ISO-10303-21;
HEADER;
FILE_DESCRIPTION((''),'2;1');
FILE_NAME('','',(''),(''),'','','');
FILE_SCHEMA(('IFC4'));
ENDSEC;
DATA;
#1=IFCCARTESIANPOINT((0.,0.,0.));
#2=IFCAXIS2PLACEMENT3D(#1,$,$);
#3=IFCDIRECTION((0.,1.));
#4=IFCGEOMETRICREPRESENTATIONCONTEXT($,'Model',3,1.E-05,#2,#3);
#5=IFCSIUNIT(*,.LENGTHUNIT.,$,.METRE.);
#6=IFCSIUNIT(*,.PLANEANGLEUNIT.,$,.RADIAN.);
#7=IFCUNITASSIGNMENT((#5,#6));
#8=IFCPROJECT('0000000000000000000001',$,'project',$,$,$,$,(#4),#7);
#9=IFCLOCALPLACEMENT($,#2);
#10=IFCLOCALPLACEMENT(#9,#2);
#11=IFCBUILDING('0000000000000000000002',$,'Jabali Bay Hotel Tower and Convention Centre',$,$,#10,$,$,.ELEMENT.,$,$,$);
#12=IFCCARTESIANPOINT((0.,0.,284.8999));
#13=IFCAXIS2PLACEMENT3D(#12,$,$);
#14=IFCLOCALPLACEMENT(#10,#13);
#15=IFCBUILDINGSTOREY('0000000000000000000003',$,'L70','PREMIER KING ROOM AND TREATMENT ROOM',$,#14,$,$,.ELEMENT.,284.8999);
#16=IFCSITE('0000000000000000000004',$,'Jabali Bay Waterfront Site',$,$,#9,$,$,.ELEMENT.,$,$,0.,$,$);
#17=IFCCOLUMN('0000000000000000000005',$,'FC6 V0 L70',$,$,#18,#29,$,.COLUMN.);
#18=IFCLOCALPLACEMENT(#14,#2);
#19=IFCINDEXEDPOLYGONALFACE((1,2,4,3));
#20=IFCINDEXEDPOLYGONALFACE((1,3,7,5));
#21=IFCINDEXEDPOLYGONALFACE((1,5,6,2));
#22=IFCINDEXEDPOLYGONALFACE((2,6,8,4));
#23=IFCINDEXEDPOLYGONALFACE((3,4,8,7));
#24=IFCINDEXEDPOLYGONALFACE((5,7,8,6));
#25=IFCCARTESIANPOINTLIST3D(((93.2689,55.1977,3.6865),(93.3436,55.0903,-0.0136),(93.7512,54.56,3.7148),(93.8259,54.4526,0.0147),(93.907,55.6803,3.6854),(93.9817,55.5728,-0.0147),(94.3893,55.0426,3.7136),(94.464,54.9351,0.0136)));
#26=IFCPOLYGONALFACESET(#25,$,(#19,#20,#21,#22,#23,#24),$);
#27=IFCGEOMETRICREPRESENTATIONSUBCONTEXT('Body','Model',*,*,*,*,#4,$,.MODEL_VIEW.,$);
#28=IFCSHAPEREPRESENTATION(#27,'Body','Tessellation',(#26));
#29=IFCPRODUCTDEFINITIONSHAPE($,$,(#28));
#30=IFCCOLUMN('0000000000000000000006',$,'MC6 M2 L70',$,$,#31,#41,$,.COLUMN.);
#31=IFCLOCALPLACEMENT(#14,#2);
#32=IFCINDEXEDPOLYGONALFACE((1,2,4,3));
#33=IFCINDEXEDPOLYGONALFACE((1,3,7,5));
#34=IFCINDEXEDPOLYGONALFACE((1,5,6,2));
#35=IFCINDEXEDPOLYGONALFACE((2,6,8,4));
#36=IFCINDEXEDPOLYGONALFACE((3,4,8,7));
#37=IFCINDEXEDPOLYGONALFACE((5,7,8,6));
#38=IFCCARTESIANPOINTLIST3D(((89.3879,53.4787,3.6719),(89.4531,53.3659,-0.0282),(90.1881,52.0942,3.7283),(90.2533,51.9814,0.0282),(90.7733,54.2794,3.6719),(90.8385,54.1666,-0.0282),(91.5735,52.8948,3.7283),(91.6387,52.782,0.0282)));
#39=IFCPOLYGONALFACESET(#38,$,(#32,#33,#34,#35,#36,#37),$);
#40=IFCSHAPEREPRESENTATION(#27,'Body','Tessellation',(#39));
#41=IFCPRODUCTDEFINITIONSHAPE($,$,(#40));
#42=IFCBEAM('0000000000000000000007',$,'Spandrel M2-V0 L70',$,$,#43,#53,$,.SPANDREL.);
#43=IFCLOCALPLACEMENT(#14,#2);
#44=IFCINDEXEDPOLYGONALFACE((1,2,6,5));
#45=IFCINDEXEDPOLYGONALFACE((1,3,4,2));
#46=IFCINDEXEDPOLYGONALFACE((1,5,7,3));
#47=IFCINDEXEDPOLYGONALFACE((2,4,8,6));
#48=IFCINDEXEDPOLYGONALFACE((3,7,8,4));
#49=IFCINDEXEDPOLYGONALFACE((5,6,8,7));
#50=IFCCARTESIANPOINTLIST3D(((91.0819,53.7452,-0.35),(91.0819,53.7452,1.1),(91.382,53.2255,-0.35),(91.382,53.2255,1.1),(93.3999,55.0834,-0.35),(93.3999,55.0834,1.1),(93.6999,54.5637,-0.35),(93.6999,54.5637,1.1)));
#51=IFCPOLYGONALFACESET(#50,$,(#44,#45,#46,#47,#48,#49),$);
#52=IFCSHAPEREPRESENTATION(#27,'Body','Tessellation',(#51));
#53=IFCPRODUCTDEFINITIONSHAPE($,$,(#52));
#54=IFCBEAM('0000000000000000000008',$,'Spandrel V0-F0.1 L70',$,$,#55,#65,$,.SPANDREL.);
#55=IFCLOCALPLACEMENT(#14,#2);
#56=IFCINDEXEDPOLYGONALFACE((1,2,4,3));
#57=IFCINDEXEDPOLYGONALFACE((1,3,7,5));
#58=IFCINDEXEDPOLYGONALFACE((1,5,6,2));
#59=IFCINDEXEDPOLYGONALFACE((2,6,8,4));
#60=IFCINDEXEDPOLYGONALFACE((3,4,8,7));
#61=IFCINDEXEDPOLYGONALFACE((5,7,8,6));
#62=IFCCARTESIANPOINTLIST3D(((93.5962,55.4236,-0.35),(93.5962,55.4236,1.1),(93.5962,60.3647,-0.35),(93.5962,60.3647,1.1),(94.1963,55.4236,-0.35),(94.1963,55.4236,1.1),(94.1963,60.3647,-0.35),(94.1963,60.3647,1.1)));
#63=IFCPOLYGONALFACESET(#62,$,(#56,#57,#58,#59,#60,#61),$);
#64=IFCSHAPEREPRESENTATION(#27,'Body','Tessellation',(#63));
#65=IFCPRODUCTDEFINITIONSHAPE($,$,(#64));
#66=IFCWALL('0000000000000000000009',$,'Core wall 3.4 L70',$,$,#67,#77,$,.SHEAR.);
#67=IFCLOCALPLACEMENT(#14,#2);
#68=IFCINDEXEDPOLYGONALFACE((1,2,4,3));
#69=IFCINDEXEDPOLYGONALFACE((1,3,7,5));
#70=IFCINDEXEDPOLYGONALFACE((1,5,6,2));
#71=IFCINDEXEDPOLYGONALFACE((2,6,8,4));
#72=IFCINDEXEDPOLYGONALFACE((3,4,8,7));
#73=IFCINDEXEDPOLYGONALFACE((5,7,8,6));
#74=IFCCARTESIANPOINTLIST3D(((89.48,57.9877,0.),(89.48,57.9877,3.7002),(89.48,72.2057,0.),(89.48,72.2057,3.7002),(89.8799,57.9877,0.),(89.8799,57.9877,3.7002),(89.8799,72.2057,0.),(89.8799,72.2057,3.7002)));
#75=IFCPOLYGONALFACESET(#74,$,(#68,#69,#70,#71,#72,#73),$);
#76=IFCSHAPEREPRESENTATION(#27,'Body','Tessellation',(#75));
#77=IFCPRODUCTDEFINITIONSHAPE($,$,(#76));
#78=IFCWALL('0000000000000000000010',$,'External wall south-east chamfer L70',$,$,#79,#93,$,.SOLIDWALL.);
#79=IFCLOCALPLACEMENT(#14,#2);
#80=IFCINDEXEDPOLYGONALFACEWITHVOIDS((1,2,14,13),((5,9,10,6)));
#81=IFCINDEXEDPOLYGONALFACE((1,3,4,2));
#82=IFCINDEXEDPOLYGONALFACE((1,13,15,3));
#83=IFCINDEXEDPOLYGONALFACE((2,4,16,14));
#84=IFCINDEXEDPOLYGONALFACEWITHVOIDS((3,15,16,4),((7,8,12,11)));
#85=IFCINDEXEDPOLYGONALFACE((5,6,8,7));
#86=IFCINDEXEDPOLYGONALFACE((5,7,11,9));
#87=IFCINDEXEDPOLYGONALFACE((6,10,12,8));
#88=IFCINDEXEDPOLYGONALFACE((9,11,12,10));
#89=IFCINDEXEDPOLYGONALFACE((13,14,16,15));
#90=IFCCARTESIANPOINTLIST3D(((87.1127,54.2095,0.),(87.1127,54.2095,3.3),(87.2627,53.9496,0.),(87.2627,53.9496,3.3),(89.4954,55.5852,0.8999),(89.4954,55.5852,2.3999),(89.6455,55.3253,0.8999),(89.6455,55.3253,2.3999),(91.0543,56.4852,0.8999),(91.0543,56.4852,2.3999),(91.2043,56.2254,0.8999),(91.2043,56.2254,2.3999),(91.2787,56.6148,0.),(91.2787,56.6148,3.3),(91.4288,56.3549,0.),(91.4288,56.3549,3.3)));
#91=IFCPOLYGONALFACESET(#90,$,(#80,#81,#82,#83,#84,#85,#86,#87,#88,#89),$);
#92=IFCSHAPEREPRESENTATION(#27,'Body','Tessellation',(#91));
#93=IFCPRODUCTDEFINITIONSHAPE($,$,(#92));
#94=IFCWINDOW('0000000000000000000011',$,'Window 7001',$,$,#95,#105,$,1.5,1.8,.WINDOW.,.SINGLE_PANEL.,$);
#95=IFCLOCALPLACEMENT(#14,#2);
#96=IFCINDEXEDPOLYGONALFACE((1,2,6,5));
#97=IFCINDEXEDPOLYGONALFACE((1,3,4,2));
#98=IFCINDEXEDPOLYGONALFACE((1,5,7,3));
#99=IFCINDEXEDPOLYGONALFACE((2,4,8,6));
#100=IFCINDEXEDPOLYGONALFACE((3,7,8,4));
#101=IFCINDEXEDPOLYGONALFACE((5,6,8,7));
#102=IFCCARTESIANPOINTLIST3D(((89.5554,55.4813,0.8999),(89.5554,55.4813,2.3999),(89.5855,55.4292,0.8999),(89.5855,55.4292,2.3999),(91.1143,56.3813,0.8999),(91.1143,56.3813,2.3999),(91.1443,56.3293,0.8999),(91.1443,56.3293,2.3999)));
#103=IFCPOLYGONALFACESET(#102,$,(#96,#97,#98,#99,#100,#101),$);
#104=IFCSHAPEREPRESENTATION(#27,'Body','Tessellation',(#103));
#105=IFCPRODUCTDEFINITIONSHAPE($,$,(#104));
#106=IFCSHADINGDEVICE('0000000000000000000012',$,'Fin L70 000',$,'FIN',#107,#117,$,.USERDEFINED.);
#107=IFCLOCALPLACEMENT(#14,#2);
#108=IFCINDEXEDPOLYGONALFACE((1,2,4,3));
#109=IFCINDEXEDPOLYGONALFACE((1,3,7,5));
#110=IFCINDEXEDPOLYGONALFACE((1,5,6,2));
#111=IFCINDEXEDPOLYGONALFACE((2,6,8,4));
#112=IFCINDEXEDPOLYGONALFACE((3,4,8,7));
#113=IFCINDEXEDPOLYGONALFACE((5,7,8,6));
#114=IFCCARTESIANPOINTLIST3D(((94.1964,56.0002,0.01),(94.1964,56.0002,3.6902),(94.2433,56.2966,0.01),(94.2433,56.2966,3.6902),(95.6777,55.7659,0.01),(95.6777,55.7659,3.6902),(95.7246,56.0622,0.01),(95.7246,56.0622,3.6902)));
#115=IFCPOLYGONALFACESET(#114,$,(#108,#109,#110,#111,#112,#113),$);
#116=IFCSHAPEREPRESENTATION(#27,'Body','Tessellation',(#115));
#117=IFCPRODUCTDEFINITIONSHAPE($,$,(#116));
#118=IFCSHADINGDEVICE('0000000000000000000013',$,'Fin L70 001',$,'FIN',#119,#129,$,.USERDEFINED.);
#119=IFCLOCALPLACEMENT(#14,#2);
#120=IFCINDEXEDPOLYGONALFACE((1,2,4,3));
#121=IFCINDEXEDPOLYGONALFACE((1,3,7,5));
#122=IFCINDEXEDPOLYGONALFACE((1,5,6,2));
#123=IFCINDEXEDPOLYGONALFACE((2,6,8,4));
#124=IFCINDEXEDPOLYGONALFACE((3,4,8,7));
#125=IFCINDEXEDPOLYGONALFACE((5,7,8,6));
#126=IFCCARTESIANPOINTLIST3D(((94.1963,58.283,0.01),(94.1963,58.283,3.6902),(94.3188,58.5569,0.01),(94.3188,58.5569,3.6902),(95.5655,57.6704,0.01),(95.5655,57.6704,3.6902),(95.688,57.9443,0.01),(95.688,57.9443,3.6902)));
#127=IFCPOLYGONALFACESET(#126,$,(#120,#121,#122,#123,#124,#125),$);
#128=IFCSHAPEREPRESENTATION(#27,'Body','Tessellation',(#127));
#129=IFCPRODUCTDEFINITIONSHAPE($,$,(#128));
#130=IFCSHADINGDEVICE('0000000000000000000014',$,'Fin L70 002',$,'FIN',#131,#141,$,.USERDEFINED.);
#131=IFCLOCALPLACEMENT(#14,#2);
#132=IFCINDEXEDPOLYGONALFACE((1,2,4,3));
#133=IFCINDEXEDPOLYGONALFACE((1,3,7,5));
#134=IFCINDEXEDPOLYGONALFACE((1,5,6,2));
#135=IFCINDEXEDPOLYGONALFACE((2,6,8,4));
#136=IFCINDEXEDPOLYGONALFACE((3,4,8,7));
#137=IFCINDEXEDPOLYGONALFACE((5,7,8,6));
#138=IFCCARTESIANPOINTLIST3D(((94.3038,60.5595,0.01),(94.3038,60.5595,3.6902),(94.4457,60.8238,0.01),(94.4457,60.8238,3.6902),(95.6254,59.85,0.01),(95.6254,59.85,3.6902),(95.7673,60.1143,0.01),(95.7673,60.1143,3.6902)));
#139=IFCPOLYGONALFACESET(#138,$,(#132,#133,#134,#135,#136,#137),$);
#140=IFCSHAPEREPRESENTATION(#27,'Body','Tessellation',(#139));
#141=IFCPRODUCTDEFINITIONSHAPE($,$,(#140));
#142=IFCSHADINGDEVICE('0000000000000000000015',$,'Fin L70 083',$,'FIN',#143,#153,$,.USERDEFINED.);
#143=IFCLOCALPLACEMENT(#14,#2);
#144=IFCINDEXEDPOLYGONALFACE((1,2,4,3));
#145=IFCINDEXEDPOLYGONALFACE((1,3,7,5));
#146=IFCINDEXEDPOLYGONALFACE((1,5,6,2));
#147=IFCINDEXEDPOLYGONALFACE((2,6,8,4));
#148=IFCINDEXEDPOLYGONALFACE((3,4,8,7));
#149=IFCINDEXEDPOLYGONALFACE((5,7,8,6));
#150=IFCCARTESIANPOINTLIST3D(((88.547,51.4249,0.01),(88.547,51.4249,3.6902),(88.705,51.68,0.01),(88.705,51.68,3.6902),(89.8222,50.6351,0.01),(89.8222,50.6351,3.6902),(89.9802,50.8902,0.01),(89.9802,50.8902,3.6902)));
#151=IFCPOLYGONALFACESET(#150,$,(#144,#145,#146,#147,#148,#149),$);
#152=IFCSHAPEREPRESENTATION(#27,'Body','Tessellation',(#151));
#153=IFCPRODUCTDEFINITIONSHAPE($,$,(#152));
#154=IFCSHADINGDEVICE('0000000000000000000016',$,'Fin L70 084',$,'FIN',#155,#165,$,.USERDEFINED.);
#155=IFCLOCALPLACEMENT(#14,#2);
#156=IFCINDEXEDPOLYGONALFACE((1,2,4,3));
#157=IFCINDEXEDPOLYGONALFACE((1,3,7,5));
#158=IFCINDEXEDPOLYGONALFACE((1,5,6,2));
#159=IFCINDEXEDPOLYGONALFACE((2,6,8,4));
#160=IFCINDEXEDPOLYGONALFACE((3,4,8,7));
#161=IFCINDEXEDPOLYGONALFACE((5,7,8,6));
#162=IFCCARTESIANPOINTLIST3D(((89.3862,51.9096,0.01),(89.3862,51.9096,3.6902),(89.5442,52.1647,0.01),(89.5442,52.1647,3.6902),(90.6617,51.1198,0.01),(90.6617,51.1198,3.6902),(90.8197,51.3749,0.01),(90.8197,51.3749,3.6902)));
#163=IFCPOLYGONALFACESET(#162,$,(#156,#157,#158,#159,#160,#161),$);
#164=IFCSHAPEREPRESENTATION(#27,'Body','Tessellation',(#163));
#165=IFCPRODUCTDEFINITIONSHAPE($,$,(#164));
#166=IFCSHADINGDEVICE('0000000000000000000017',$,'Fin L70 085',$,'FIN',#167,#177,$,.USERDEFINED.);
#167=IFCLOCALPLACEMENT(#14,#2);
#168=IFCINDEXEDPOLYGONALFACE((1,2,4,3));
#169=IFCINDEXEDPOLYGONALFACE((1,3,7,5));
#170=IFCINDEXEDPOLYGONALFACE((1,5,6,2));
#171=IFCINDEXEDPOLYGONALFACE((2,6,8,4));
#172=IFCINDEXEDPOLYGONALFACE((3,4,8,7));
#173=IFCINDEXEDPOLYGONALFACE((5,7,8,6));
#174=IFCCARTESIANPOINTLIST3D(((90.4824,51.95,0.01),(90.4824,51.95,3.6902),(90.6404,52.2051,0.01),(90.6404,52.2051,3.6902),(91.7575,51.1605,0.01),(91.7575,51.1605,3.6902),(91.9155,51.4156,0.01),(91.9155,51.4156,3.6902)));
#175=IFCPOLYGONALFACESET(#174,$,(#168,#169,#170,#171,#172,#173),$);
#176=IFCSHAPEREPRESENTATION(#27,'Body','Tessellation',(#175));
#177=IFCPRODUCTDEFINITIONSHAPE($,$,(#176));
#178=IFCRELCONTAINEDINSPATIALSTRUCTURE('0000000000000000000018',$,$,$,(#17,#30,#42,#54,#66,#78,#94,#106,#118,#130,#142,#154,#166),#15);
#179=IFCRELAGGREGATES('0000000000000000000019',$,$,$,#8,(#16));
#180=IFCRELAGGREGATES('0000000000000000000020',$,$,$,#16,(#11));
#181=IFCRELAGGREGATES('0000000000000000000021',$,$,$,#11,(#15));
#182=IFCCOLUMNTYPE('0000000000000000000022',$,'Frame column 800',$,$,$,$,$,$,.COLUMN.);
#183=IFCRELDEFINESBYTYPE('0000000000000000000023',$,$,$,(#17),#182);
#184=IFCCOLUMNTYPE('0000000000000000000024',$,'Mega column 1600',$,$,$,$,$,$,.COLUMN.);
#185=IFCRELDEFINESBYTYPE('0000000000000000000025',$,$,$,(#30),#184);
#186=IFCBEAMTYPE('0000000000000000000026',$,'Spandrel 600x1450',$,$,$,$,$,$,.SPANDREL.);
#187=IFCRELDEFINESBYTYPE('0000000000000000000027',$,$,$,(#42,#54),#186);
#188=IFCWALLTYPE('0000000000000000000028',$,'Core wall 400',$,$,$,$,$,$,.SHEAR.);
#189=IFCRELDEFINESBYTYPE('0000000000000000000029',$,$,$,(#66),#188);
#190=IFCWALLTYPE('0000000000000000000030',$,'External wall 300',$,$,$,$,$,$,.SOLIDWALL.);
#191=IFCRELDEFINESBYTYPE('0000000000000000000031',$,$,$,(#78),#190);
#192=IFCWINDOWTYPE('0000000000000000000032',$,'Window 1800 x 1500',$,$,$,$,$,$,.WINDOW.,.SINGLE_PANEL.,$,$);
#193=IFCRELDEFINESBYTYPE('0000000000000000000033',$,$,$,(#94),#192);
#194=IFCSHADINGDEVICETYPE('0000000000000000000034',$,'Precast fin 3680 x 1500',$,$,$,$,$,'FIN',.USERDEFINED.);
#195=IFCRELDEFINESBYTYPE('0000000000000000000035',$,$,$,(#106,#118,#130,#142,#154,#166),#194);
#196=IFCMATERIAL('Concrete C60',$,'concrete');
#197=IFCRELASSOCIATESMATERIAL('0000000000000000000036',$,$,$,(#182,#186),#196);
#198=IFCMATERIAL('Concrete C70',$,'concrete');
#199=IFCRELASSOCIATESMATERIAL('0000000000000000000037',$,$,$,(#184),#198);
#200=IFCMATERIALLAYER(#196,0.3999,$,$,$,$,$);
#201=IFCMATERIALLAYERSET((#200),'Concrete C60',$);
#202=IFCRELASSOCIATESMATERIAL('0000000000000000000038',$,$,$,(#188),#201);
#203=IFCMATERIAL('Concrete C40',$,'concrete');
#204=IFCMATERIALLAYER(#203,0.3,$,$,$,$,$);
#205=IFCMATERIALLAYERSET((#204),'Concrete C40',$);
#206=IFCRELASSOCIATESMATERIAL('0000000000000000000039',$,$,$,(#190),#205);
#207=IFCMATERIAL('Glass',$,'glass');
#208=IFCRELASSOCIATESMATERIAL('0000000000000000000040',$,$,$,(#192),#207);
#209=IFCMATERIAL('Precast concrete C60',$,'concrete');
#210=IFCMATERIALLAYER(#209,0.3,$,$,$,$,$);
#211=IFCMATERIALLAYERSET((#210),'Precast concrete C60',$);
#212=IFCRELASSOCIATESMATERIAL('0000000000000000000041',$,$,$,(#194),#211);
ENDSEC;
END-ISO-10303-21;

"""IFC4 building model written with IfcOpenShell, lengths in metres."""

from ifc_helpers import new_model, si_unit, direction, frame, frame_2d, origin, origin_2d, place, context, subcontext, project, spatial, rectangle, extrude, material, layer, layer_set, material_profile, profile_set, type_object, element, fill, save


model = new_model("IFC4")

# Units and contexts
model_context = context("Model", 3, precision=1e-05, world=origin(), true_north=direction((0.0, 1.0)))
body_context = subcontext(model_context, "Body", "Model", "MODEL_VIEW")
ifc_project = project(units=[si_unit("LENGTHUNIT", "METRE"), si_unit("PLANEANGLEUNIT", "RADIAN")], contexts=[model_context])

# Site, building, storey
site_placement = place(None, origin())
site = spatial("IfcSite", under=ifc_project, at=site_placement, Name="Jabali Bay Waterfront Site", CompositionType="ELEMENT", RefElevation=0.0)
building_placement = place(site_placement, origin())
building = spatial("IfcBuilding", under=site, at=building_placement, Name="Jabali Bay Hotel Tower and Convention Centre", CompositionType="ELEMENT")
storey_placement = place(building_placement, frame((0.0, 0.0, 284.8999)))
storey = spatial("IfcBuildingStorey", under=building, at=storey_placement, Name="L70", Description="PREMIER KING ROOM AND TREATMENT ROOM", CompositionType="ELEMENT", Elevation=284.8999)

# Columns
ifc_material_1 = material(Name="Concrete C60", Category="concrete")
ifc_material_profile_1 = material_profile(ifc_material_1, rectangle(XDim=0.8, YDim=0.8, at=origin_2d()), Name="Frame column 800")
ifc_profile_set_1 = profile_set([ifc_material_profile_1], Name="Concrete C60")
column_type_1 = type_object("IfcColumnType", Name="Frame column 800", PredefinedType="COLUMN", material=ifc_profile_set_1)
column_1_placement = place(storey_placement, frame((93.9038, 55.0127, 0.0), z_axis=(-0.020177, 0.029013, 0.999375), x_axis=(-0.797601, -0.603184, 0.001408)))
element("IfcColumn", 1, at=column_1_placement, inside=storey, type_object=column_type_1, Name="FC6 V0 L70", PredefinedType="COLUMN", context=body_context, shape_type="SweptSolid", body=[
    extrude(rectangle(XDim=0.8, YDim=0.8, at=origin_2d()), origin(), (0.0, 0.0, 1.0), 3.7024),
])
ifc_material_2 = material(Name="Concrete C70", Category="concrete")
ifc_material_profile_2 = material_profile(ifc_material_2, rectangle(XDim=1.6001, YDim=1.6001, at=origin_2d()), Name="Mega column 1600")
ifc_profile_set_2 = profile_set([ifc_material_profile_2], Name="Concrete C70")
column_type_2 = type_object("IfcColumnType", Name="Mega column 1600", PredefinedType="COLUMN", material=ifc_profile_set_2)
column_2_placement = place(storey_placement, frame((90.5459, 53.074, 0.0), z_axis=(-0.017606, 0.030464, 0.999381), x_axis=(-0.865808, -0.500377, 0.0)))
element("IfcColumn", 2, at=column_2_placement, inside=storey, type_object=column_type_2, Name="MC6 M2 L70", PredefinedType="COLUMN", context=body_context, shape_type="SweptSolid", body=[
    extrude(rectangle(XDim=1.6001, YDim=1.6001, at=origin_2d()), origin(), (0.0, 0.0, 1.0), 3.7024),
])

# Beams
ifc_material_profile_3 = material_profile(ifc_material_1, rectangle(XDim=0.6001, YDim=1.45, at=origin_2d()), Name="Spandrel 600x1450")
ifc_profile_set_3 = profile_set([ifc_material_profile_3], Name="Concrete C60")
beam_type = type_object("IfcBeamType", Name="Spandrel 600x1450", PredefinedType="SPANDREL", material=ifc_profile_set_3)
beam_1_placement = place(storey_placement, frame((91.2319, 53.4854, 0.375), z_axis=(0.86604, 0.499975, 0.0), x_axis=(-0.499975, 0.86604, 0.0)))
element("IfcBeam", 3, at=beam_1_placement, inside=storey, type_object=beam_type, Name="Spandrel M2-V0 L70", PredefinedType="SPANDREL", context=body_context, shape_type="SweptSolid", body=[
    extrude(rectangle(XDim=0.6001, YDim=1.45, at=origin_2d()), origin(), (0.0, 0.0, 1.0), 2.6765),
])
beam_2_placement = place(storey_placement, frame((93.8962, 55.4236, 0.375), z_axis=(0.0, 1.0, 0.0), x_axis=(-1.0, 0.0, 0.0)))
element("IfcBeam", 4, at=beam_2_placement, inside=storey, type_object=beam_type, Name="Spandrel V0-F0.1 L70", PredefinedType="SPANDREL", context=body_context, shape_type="SweptSolid", body=[
    extrude(rectangle(XDim=0.6001, YDim=1.45, at=origin_2d()), origin(), (0.0, 0.0, 1.0), 4.9412),
])

# Wall
ifc_layer_1 = layer(ifc_material_1, 0.3999)
ifc_layer_set_1 = layer_set([ifc_layer_1], Name="Concrete C60")
wall_type_1 = type_object("IfcWallType", Name="Core wall 400", PredefinedType="SHEAR", material=ifc_layer_set_1)
wall_1_placement = place(storey_placement, frame((89.6799, 57.9878, 0.0), z_axis=(0.0, 0.0, 1.0), x_axis=(0.0, 1.0, 0.0)))
element("IfcWall", 5, at=wall_1_placement, inside=storey, type_object=wall_type_1, Name="Core wall 3.4 L70", PredefinedType="SHEAR", context=body_context, shape_type="SweptSolid", body=[
    extrude(rectangle(XDim=14.218, YDim=0.3999, at=frame_2d((7.1089, 0.0))), origin(), (0.0, 0.0, 1.0), 3.7002),
])

# Wall, opening, window
ifc_material_3 = material(Name="Concrete C40", Category="concrete")
ifc_layer_2 = layer(ifc_material_3, 0.3)
ifc_layer_set_2 = layer_set([ifc_layer_2], Name="Concrete C40")
wall_type_2 = type_object("IfcWallType", Name="External wall 300", PredefinedType="SOLIDWALL", material=ifc_layer_set_2)
wall_2_placement = place(storey_placement, frame((91.3538, 56.4849, 0.0), z_axis=(0.0, 0.0, 1.0), x_axis=(-0.866023, -0.500004, 0.0)))
wall_2 = element("IfcWall", 6, at=wall_2_placement, inside=storey, type_object=wall_type_2, Name="External wall south-east chamfer L70", PredefinedType="SOLIDWALL", context=body_context, shape_type="SweptSolid", body=[
    extrude(rectangle(XDim=4.8105, YDim=0.3, at=frame_2d((2.4053, 0.0))), origin(), (0.0, 0.0, 1.0), 3.3),
])
opening_placement = place(wall_2_placement, frame((0.2593, 0.0, 0.8999)))
opening = element("IfcOpeningElement", 7, at=opening_placement, cuts=wall_2, PredefinedType="OPENING", context=body_context, shape_type="SweptSolid", body=[
    extrude(rectangle(XDim=1.8, YDim=1.5, at=frame_2d((0.8999, 0.75))), frame((0.0, 0.1606, 0.0), z_axis=(0.0, -1.0, 0.0), x_axis=(1.0, 0.0, 0.0)), (0.0, 0.0, 1.0), 0.321),
])
ifc_material_4 = material(Name="Glass", Category="glass")
window_type = type_object("IfcWindowType", Name="Window 1800 x 1500", PartitioningType="SINGLE_PANEL", PredefinedType="WINDOW", material=ifc_material_4)
window_placement = place(opening_placement, origin())
window = element("IfcWindow", 8, at=window_placement, inside=storey, type_object=window_type, Name="Window 7001", OverallHeight=1.5, OverallWidth=1.8, PartitioningType="SINGLE_PANEL", PredefinedType="WINDOW", context=body_context, shape_type="SweptSolid", body=[
    extrude(rectangle(XDim=1.8, YDim=1.5, at=frame_2d((0.8999, 0.75))), frame((0.0, 0.03, 0.0), z_axis=(0.0, -1.0, 0.0), x_axis=(1.0, 0.0, 0.0)), (0.0, 0.0, 1.0), 0.0601),
])
fill(opening, window)

# Shading devices
ifc_material_5 = material(Name="Precast concrete C60", Category="concrete")
ifc_layer_3 = layer(ifc_material_5, 0.3)
ifc_layer_set_3 = layer_set([ifc_layer_3], Name="Precast concrete C60")
shading_device_type = type_object("IfcShadingDeviceType", Name="Precast fin 3680 x 1500", ElementType="FIN", PredefinedType="USERDEFINED", material=ifc_layer_set_3)
shading_device_1_placement = place(storey_placement, frame((94.2197, 56.1484, 0.01), z_axis=(0.0, 0.0, 1.0), x_axis=(0.987715, -0.156263, 0.0)))
element("IfcShadingDevice", 9, at=shading_device_1_placement, inside=storey, type_object=shading_device_type, Name="Fin L70 000", ObjectType="FIN", PredefinedType="USERDEFINED", context=body_context, shape_type="SweptSolid", body=[
    extrude(rectangle(XDim=1.4998, YDim=0.3, at=frame_2d((0.75, 0.0))), origin(), (0.0, 0.0, 1.0), 3.6802),
])
for number, where, z_axis, x_axis, name in (
    (10, (94.2576, 58.4199, 0.01), (0.0, 0.0, 1.0), (0.912809, -0.408387, 0.0), "Fin L70 001"),
    (11, (94.3748, 60.6917, 0.01), (0.0, 0.0, 1.0), (0.881061, -0.473003, 0.0), "Fin L70 002"),
    (12, (88.626, 51.5525, 0.01), (0.0, 0.0, 1.0), (0.85014, -0.526556, 0.0), "Fin L70 083"),
):
    element("IfcShadingDevice", number, at=place(storey_placement, frame(where, z_axis=z_axis, x_axis=x_axis)), inside=storey, type_object=shading_device_type, Name=name, ObjectType="FIN", PredefinedType="USERDEFINED", context=body_context, shape_type="SweptSolid", body=[
        extrude(rectangle(XDim=1.5, YDim=0.3, at=frame_2d((0.75, 0.0))), origin(), (0.0, 0.0, 1.0), 3.6802),
    ])
shading_device_2_placement = place(storey_placement, frame((89.4653, 52.0371, 0.01), z_axis=(0.0, 0.0, 1.0), x_axis=(0.850185, -0.526483, 0.0)))
element("IfcShadingDevice", 13, at=shading_device_2_placement, inside=storey, type_object=shading_device_type, Name="Fin L70 084", ObjectType="FIN", PredefinedType="USERDEFINED", context=body_context, shape_type="SweptSolid", body=[
    extrude(rectangle(XDim=1.5002, YDim=0.3, at=frame_2d((0.75, 0.0))), origin(), (0.0, 0.0, 1.0), 3.6802),
])
shading_device_3_placement = place(storey_placement, frame((90.5613, 52.0776, 0.01), z_axis=(0.0, 0.0, 1.0), x_axis=(0.850213, -0.526439, 0.0)))
element("IfcShadingDevice", 14, at=shading_device_3_placement, inside=storey, type_object=shading_device_type, Name="Fin L70 085", ObjectType="FIN", PredefinedType="USERDEFINED", context=body_context, shape_type="SweptSolid", body=[
    extrude(rectangle(XDim=1.4998, YDim=0.3, at=frame_2d((0.75, 0.0))), origin(), (0.0, 0.0, 1.0), 3.6802),
])

save(model, "model.ifc")
